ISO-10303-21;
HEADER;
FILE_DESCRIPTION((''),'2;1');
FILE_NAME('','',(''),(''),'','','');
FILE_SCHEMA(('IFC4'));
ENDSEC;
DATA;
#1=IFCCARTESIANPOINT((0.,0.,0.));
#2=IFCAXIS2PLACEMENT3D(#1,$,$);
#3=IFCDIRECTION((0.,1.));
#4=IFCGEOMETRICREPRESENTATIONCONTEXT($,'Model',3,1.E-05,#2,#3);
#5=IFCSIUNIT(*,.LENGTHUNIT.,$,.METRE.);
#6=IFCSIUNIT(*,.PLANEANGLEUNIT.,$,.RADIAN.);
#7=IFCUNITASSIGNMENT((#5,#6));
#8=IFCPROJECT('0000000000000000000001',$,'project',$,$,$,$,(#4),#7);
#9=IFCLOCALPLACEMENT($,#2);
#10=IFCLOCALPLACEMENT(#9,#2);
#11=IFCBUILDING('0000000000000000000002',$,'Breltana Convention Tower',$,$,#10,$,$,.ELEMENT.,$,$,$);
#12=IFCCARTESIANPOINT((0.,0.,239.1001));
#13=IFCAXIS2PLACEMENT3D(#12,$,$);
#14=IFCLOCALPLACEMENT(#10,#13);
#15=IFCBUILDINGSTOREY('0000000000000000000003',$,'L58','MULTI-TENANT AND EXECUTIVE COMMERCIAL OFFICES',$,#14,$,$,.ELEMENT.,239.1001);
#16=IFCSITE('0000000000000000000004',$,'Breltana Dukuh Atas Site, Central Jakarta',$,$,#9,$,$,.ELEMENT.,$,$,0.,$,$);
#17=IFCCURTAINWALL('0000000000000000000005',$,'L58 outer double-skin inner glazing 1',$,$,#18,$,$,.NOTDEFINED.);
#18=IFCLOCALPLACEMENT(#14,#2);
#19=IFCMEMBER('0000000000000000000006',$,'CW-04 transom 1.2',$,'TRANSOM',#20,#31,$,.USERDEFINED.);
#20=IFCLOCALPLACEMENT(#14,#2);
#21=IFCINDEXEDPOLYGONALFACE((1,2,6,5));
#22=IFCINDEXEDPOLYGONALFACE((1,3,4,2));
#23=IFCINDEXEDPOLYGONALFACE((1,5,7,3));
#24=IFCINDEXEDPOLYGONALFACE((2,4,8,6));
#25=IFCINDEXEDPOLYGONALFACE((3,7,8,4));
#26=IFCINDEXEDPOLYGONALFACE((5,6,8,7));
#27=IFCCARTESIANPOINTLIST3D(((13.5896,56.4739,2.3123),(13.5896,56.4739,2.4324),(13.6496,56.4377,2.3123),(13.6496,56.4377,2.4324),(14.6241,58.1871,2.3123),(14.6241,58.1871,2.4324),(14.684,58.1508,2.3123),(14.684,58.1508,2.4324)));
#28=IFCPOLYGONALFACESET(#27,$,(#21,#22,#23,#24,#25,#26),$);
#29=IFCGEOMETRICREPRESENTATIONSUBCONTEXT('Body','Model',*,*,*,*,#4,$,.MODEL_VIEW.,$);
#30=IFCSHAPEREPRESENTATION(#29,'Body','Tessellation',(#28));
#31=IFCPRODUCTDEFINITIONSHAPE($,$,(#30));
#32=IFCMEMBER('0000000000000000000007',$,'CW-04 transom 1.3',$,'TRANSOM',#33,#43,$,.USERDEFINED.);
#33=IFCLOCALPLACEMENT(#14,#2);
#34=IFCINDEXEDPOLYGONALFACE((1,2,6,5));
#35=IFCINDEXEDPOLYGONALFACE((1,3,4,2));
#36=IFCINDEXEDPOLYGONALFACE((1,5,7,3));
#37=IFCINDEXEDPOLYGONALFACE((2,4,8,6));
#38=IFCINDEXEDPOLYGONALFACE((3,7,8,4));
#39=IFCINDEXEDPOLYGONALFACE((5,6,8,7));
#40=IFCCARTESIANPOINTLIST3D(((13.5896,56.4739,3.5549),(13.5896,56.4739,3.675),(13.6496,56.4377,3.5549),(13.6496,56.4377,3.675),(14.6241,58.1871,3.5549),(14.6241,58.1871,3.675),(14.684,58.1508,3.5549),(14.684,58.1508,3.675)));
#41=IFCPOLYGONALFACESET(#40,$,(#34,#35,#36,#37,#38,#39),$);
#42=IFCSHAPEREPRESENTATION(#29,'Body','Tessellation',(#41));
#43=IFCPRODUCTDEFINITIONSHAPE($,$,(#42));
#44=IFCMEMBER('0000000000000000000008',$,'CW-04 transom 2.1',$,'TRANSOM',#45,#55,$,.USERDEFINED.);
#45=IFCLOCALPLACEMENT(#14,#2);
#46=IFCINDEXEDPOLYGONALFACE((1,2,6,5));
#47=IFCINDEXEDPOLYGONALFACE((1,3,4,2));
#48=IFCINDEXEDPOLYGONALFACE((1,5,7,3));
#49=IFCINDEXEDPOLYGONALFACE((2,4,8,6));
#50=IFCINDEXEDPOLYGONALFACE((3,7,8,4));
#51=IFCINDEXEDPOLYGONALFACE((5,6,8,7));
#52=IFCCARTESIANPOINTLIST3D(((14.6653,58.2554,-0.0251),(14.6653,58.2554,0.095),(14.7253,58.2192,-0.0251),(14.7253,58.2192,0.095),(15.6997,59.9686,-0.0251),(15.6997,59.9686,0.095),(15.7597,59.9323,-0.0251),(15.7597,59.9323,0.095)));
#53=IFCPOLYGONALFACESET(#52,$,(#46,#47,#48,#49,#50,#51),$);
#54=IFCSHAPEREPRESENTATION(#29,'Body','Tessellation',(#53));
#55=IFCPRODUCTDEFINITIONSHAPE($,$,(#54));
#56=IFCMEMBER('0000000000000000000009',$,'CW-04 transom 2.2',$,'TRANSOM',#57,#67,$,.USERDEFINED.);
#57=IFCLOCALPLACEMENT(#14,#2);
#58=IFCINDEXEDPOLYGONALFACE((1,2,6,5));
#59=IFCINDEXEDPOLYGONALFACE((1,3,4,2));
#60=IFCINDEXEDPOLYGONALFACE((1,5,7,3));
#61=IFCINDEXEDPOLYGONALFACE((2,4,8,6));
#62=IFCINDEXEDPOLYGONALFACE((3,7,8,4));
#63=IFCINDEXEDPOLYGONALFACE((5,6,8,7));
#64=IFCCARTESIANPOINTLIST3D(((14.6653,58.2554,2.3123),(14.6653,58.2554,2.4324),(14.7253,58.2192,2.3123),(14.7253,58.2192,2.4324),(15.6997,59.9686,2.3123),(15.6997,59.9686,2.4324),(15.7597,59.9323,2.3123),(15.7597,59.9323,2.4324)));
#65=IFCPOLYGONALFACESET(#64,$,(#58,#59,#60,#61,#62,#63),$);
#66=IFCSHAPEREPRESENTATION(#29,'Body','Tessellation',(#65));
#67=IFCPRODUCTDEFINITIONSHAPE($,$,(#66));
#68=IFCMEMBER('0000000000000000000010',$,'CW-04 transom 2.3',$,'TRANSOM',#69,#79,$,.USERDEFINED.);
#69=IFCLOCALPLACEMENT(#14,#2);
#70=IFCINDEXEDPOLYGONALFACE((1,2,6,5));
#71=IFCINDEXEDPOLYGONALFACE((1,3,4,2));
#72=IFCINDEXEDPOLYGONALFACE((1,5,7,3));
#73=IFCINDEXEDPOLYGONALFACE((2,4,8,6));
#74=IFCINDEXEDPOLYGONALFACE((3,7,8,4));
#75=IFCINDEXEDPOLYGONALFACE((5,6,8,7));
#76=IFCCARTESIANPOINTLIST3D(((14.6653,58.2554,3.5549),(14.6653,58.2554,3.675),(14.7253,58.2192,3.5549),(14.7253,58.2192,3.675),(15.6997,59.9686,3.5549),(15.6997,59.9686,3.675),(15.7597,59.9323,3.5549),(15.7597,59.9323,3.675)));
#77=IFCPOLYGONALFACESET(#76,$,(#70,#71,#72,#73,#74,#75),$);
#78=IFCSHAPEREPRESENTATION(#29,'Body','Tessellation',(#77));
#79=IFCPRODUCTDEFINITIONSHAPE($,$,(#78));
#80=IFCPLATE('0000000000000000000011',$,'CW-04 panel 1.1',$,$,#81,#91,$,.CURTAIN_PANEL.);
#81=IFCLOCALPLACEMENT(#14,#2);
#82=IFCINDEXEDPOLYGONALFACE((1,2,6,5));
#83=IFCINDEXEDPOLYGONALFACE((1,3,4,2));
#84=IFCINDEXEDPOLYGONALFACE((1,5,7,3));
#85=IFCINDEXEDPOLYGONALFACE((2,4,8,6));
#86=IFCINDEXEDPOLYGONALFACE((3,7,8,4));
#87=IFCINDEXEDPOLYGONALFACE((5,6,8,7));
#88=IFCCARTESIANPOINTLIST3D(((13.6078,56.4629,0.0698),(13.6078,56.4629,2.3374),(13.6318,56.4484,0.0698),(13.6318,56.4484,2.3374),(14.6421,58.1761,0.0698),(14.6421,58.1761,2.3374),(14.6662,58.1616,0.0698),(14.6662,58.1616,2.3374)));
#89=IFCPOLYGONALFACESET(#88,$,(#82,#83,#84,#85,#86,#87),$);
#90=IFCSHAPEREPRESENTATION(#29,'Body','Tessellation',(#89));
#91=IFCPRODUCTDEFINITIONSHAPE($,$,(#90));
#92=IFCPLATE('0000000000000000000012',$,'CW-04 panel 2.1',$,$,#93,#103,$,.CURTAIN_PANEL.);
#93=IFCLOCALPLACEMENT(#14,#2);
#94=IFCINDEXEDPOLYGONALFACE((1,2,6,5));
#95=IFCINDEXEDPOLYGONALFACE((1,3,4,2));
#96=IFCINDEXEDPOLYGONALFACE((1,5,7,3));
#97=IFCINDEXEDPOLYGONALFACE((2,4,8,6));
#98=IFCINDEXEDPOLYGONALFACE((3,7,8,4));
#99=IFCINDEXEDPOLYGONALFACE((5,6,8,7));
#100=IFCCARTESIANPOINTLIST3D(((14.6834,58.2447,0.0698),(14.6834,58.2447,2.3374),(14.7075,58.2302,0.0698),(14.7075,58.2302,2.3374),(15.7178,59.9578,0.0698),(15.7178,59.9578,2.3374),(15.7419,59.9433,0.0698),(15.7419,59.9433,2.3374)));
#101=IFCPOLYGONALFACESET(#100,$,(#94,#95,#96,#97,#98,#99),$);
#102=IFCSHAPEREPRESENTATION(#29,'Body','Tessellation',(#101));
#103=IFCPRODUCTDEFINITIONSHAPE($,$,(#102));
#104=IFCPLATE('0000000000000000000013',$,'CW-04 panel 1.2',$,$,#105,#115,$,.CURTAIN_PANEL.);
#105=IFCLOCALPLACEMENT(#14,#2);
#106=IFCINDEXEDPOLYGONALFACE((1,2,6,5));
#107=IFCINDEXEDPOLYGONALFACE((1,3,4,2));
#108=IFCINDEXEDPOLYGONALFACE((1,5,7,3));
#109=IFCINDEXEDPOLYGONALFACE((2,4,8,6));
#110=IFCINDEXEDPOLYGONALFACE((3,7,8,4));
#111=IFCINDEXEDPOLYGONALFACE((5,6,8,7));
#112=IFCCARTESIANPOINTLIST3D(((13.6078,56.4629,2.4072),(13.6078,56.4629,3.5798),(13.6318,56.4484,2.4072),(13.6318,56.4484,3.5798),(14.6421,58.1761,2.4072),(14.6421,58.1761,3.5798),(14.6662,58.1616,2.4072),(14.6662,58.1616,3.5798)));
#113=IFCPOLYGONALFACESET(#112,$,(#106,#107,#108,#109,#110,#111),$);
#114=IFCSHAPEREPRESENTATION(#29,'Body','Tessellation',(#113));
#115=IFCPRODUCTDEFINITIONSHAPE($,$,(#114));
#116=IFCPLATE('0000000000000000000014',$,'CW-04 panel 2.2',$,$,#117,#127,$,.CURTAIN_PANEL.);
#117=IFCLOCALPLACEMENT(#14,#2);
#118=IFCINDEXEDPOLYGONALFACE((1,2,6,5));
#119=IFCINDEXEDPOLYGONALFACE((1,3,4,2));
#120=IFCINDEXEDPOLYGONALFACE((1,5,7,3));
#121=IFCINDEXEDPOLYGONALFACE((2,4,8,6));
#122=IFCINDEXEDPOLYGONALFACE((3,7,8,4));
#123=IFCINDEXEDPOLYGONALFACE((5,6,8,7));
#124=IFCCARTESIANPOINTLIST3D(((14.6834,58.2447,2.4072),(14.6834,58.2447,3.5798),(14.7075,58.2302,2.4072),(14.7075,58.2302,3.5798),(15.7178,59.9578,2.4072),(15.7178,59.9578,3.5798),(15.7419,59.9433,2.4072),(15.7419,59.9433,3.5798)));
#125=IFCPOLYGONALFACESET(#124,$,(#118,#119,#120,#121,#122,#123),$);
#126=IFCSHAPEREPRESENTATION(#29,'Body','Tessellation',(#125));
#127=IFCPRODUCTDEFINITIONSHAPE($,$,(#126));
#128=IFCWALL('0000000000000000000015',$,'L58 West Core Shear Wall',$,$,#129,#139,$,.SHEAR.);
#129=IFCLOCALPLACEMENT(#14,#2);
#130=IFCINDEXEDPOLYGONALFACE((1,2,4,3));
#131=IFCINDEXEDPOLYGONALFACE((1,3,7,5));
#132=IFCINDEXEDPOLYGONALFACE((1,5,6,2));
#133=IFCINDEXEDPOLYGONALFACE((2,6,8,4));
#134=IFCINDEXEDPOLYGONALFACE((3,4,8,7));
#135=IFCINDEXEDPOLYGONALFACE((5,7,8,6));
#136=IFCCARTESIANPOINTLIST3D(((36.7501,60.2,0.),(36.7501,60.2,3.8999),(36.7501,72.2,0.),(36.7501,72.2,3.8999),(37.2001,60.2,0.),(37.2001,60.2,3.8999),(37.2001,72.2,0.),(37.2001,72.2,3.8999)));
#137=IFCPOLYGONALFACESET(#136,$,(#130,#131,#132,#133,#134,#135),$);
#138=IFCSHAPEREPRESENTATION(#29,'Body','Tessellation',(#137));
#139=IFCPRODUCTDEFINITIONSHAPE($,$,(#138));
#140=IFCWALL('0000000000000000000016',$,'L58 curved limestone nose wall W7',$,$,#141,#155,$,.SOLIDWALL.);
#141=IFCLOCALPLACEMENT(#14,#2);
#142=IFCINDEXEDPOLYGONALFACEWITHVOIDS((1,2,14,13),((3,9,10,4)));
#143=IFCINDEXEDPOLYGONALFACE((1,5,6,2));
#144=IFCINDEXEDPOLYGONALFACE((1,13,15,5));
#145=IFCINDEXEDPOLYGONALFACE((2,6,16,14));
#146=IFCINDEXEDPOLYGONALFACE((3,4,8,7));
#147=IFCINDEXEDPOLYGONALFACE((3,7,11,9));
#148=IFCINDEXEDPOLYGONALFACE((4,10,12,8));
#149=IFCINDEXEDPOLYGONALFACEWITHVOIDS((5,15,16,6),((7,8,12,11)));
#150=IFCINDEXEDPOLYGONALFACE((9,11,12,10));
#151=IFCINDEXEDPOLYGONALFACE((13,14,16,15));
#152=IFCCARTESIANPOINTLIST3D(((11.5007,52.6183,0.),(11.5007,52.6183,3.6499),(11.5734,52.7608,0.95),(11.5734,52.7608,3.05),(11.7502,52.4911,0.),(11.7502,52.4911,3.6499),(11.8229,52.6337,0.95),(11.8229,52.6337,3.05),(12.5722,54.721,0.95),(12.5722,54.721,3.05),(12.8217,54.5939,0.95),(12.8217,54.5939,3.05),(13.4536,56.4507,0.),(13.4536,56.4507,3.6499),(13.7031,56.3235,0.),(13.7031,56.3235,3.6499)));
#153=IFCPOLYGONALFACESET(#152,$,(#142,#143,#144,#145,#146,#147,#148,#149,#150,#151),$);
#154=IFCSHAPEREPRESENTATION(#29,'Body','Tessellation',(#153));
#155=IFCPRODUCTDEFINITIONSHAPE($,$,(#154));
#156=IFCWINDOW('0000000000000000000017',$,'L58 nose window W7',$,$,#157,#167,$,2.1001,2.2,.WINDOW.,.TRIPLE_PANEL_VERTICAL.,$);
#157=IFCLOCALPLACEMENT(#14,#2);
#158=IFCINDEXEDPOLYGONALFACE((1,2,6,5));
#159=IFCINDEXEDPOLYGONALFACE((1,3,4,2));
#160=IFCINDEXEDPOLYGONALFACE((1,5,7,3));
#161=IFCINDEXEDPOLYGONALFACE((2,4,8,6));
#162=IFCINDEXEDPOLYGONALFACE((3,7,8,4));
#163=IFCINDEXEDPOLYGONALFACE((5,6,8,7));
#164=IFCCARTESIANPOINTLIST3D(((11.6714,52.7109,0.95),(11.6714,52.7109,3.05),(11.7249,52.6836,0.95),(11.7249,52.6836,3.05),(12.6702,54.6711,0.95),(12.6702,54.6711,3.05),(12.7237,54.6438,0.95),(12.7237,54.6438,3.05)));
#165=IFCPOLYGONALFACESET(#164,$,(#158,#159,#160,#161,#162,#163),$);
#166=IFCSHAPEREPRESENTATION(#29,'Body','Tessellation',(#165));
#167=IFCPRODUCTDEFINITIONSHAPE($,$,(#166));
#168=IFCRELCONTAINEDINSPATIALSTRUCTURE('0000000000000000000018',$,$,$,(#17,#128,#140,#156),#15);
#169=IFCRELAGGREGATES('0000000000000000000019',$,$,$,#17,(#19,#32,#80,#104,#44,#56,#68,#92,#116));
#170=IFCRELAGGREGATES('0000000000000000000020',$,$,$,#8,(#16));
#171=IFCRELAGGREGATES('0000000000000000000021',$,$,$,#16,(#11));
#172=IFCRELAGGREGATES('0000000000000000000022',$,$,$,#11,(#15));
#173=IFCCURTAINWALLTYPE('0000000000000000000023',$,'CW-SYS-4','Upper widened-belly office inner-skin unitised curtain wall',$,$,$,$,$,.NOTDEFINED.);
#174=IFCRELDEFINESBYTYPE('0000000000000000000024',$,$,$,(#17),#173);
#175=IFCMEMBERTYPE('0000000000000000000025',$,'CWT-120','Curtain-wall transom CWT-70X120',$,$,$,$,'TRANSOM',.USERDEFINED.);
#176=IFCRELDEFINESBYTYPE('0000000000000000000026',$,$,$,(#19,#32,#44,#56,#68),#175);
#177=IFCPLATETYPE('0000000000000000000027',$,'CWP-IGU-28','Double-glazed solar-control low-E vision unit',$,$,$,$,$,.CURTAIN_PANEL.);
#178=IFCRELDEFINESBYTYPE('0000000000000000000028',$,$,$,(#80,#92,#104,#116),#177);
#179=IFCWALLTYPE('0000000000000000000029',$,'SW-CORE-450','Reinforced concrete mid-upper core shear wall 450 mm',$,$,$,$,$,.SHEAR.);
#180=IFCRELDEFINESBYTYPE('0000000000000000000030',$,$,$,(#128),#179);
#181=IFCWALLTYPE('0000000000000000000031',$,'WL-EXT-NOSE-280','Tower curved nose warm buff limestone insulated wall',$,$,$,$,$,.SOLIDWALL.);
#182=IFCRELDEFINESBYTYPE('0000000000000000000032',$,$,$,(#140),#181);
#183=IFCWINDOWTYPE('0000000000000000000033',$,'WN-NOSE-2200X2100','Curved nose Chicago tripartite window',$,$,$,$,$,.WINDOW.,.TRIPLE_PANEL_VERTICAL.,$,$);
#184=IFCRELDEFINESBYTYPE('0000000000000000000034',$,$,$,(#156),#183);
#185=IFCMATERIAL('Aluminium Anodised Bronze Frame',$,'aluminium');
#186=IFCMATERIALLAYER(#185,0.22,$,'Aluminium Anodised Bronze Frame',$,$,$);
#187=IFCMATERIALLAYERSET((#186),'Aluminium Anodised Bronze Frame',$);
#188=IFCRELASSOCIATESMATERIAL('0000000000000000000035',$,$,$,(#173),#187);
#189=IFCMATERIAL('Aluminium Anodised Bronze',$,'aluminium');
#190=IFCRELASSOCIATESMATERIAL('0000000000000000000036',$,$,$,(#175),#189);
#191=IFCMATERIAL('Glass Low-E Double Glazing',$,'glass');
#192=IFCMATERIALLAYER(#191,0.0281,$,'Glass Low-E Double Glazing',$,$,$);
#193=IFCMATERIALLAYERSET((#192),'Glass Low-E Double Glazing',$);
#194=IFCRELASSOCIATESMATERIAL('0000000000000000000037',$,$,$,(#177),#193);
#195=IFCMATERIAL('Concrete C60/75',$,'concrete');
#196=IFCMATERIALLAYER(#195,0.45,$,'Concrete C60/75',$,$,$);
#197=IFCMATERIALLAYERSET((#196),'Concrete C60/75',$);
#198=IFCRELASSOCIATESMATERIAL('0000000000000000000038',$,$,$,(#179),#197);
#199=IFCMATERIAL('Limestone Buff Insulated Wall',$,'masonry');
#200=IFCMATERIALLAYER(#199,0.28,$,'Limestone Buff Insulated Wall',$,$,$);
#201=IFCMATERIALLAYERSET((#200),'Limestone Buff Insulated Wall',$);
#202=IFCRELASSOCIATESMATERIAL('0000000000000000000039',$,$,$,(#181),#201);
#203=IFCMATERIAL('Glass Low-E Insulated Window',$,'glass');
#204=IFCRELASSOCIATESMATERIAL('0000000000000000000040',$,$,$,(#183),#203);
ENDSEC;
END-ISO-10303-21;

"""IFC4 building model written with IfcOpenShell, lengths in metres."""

from ifc_helpers import new_model, si_unit, direction, frame, frame_2d, origin, origin_2d, place, context, subcontext, project, spatial, rectangle, extrude, source, transform, mapped, material, layer, layer_set, material_profile, profile_set, type_object, type_shapes, element, fill, aggregate, save


model = new_model("IFC4")

# Units and contexts
model_context = context("Model", 3, precision=1e-05, world=origin(), true_north=direction((0.0, 1.0)))
body_context = subcontext(model_context, "Body", "Model", "MODEL_VIEW")
ifc_project = project(units=[si_unit("LENGTHUNIT", "METRE"), si_unit("PLANEANGLEUNIT", "RADIAN")], contexts=[model_context])

# Site, building, storey
site_placement = place(None, origin())
site = spatial("IfcSite", under=ifc_project, at=site_placement, Name="Breltana Dukuh Atas Site, Central Jakarta", CompositionType="ELEMENT", RefElevation=0.0)
building_placement = place(site_placement, origin())
building = spatial("IfcBuilding", under=site, at=building_placement, Name="Breltana Convention Tower", CompositionType="ELEMENT")
storey_placement = place(building_placement, frame((0.0, 0.0, 239.1001)))
storey = spatial("IfcBuildingStorey", under=building, at=storey_placement, Name="L58", Description="MULTI-TENANT AND EXECUTIVE COMMERCIAL OFFICES", CompositionType="ELEMENT", Elevation=239.1001)

# Curtain wall, members, plates
ifc_material_1 = material(Name="Aluminium Anodised Bronze Frame", Category="aluminium")
ifc_layer_1 = layer(ifc_material_1, 0.22, Name="Aluminium Anodised Bronze Frame")
ifc_layer_set_1 = layer_set([ifc_layer_1], Name="Aluminium Anodised Bronze Frame")
curtain_wall_type = type_object("IfcCurtainWallType", Name="CW-SYS-4", Description="Upper widened-belly office inner-skin unitised curtain wall", PredefinedType="NOTDEFINED", material=ifc_layer_set_1)
curtain_wall_placement = place(storey_placement, origin())
curtain_wall = element("IfcCurtainWall", 1, at=curtain_wall_placement, inside=storey, type_object=curtain_wall_type, Name="L58 outer double-skin inner glazing 1", PredefinedType="NOTDEFINED")
ifc_material_2 = material(Name="Aluminium Anodised Bronze", Category="aluminium")
ifc_material_profile_1 = material_profile(ifc_material_2, rectangle(XDim=0.0701, YDim=0.1201, at=origin_2d()), Name="CWT-70X120")
ifc_profile_set_1 = profile_set([ifc_material_profile_1], Name="Aluminium Anodised Bronze")
member_type_1 = type_object("IfcMemberType", Name="CWT-120", Description="Curtain-wall transom CWT-70X120", ElementType="TRANSOM", PredefinedType="USERDEFINED", material=ifc_profile_set_1)
shared_shape_1 = source(origin(), body_context, "Body", "SweptSolid", [
    extrude(rectangle(XDim=0.0701, YDim=0.1201, at=origin_2d()), origin(), (0.0, 0.0, 1.0), 2.0012),
])
member_1_placement = place(storey_placement, frame((13.6196, 56.4558, 2.3723), z_axis=(0.516898, 0.856047, 0.0), x_axis=(-0.856047, 0.516898, 0.0)))
member_1 = element("IfcMember", 2, at=member_1_placement, type_object=member_type_1, Name="CW-04 transom 1.2", ObjectType="TRANSOM", PredefinedType="USERDEFINED", context=body_context, shape_type="MappedRepresentation", body=[
    mapped(shared_shape_1, transform((0.0, 0.0, 0.0), scale=1.0)),
])
member_2_placement = place(storey_placement, frame((13.6196, 56.4558, 3.615), z_axis=(0.516898, 0.856047, 0.0), x_axis=(-0.856047, 0.516898, 0.0)))
member_2 = element("IfcMember", 3, at=member_2_placement, type_object=member_type_1, Name="CW-04 transom 1.3", ObjectType="TRANSOM", PredefinedType="USERDEFINED", context=body_context, shape_type="MappedRepresentation", body=[
    mapped(shared_shape_1, transform((0.0, 0.0, 0.0), scale=1.0)),
])
member_3_placement = place(storey_placement, frame((14.6953, 58.2373, 0.0349), z_axis=(0.516898, 0.856047, 0.0), x_axis=(-0.856047, 0.516898, 0.0)))
member_3 = element("IfcMember", 4, at=member_3_placement, type_object=member_type_1, Name="CW-04 transom 2.1", ObjectType="TRANSOM", PredefinedType="USERDEFINED", context=body_context, shape_type="MappedRepresentation", body=[
    mapped(shared_shape_1, transform((0.0, 0.0, 0.0), scale=1.0)),
])
member_4_placement = place(storey_placement, frame((14.6953, 58.2373, 2.3723), z_axis=(0.516898, 0.856047, 0.0), x_axis=(-0.856047, 0.516898, 0.0)))
member_4 = element("IfcMember", 5, at=member_4_placement, type_object=member_type_1, Name="CW-04 transom 2.2", ObjectType="TRANSOM", PredefinedType="USERDEFINED", context=body_context, shape_type="MappedRepresentation", body=[
    mapped(shared_shape_1, transform((0.0, 0.0, 0.0), scale=1.0)),
])
member_5_placement = place(storey_placement, frame((14.6953, 58.2373, 3.615), z_axis=(0.516898, 0.856047, 0.0), x_axis=(-0.856047, 0.516898, 0.0)))
member_5 = element("IfcMember", 6, at=member_5_placement, type_object=member_type_1, Name="CW-04 transom 2.3", ObjectType="TRANSOM", PredefinedType="USERDEFINED", context=body_context, shape_type="MappedRepresentation", body=[
    mapped(shared_shape_1, transform((0.0, 0.0, 0.0), scale=1.0)),
])
ifc_material_3 = material(Name="Glass Low-E Double Glazing", Category="glass")
ifc_layer_2 = layer(ifc_material_3, 0.0281, Name="Glass Low-E Double Glazing")
ifc_layer_set_2 = layer_set([ifc_layer_2], Name="Glass Low-E Double Glazing")
plate_type = type_object("IfcPlateType", Name="CWP-IGU-28", Description="Double-glazed solar-control low-E vision unit", PredefinedType="CURTAIN_PANEL", material=ifc_layer_set_2)
shared_shape_2 = source(origin(), body_context, "Body", "SweptSolid", [
    extrude(rectangle(XDim=2.0012, YDim=0.0281, at=origin_2d()), origin(), (0.0, 0.0, 1.0), 2.2676),
])
plate_1_placement = place(storey_placement, frame((14.137, 57.3123, 0.0698), z_axis=(0.0, 0.0, 1.0), x_axis=(0.516875, 0.856061, 0.0)))
plate_1 = element("IfcPlate", 7, at=plate_1_placement, type_object=plate_type, Name="CW-04 panel 1.1", PredefinedType="CURTAIN_PANEL", context=body_context, shape_type="MappedRepresentation", body=[
    mapped(shared_shape_2, transform((0.0, 0.0, 0.0), scale=1.0)),
])
plate_2_placement = place(storey_placement, frame((15.2126, 59.094, 0.0698), z_axis=(0.0, 0.0, 1.0), x_axis=(0.516875, 0.856061, 0.0)))
plate_2 = element("IfcPlate", 8, at=plate_2_placement, type_object=plate_type, Name="CW-04 panel 2.1", PredefinedType="CURTAIN_PANEL", context=body_context, shape_type="MappedRepresentation", body=[
    mapped(shared_shape_2, transform((0.0, 0.0, 0.0), scale=1.0)),
])
shared_shape_3 = source(origin(), body_context, "Body", "SweptSolid", [
    extrude(rectangle(XDim=2.0012, YDim=0.0281, at=origin_2d()), origin(), (0.0, 0.0, 1.0), 1.1726),
])
plate_3_placement = place(storey_placement, frame((14.137, 57.3123, 2.4072), z_axis=(0.0, 0.0, 1.0), x_axis=(0.516875, 0.856061, 0.0)))
plate_3 = element("IfcPlate", 9, at=plate_3_placement, type_object=plate_type, Name="CW-04 panel 1.2", PredefinedType="CURTAIN_PANEL", context=body_context, shape_type="MappedRepresentation", body=[
    mapped(shared_shape_3, transform((0.0, 0.0, 0.0), scale=1.0)),
])
plate_4_placement = place(storey_placement, frame((15.2126, 59.094, 2.4072), z_axis=(0.0, 0.0, 1.0), x_axis=(0.516875, 0.856061, 0.0)))
plate_4 = element("IfcPlate", 10, at=plate_4_placement, type_object=plate_type, Name="CW-04 panel 2.2", PredefinedType="CURTAIN_PANEL", context=body_context, shape_type="MappedRepresentation", body=[
    mapped(shared_shape_3, transform((0.0, 0.0, 0.0), scale=1.0)),
])
aggregate(curtain_wall, [member_1, member_2, plate_1, plate_3, member_3, member_4, member_5, plate_2, plate_4])

# Wall
ifc_material_4 = material(Name="Concrete C60/75", Category="concrete")
ifc_layer_3 = layer(ifc_material_4, 0.45, Name="Concrete C60/75")
ifc_layer_set_3 = layer_set([ifc_layer_3], Name="Concrete C60/75")
wall_type_1 = type_object("IfcWallType", Name="SW-CORE-450", Description="Reinforced concrete mid-upper core shear wall 450 mm", PredefinedType="SHEAR", material=ifc_layer_set_3)
shared_shape_4 = source(origin(), body_context, "Body", "SweptSolid", [
    extrude(rectangle(XDim=12.0, YDim=0.45, at=frame_2d((6.0, 0.0))), origin(), (0.0, 0.0, 1.0), 3.8999),
])
wall_1_placement = place(storey_placement, frame((36.9751, 60.2, 0.0), z_axis=(0.0, 0.0, 1.0), x_axis=(0.0, 1.0, 0.0)))
element("IfcWall", 11, at=wall_1_placement, inside=storey, type_object=wall_type_1, Name="L58 West Core Shear Wall", PredefinedType="SHEAR", context=body_context, shape_type="MappedRepresentation", body=[
    mapped(shared_shape_4, transform((0.0, 0.0, 0.0), scale=1.0)),
])

# Wall, opening, window
ifc_material_5 = material(Name="Limestone Buff Insulated Wall", Category="masonry")
ifc_layer_4 = layer(ifc_material_5, 0.28, Name="Limestone Buff Insulated Wall")
ifc_layer_set_4 = layer_set([ifc_layer_4], Name="Limestone Buff Insulated Wall")
wall_type_2 = type_object("IfcWallType", Name="WL-EXT-NOSE-280", Description="Tower curved nose warm buff limestone insulated wall", PredefinedType="SOLIDWALL", material=ifc_layer_set_4)
shared_shape_5 = source(origin(), body_context, "Body", "SweptSolid", [
    extrude(rectangle(XDim=4.3013, YDim=0.28, at=frame_2d((2.1506, 0.0))), origin(), (0.0, 0.0, 1.0), 3.6499),
])
wall_2_placement = place(storey_placement, frame((11.6255, 52.5547, 0.0), z_axis=(0.0, 0.0, 1.0), x_axis=(0.454012, 0.890996, 0.0)))
wall_2 = element("IfcWall", 12, at=wall_2_placement, inside=storey, type_object=wall_type_2, Name="L58 curved limestone nose wall W7", PredefinedType="SOLIDWALL", context=body_context, shape_type="MappedRepresentation", body=[
    mapped(shared_shape_5, transform((0.0, 0.0, 0.0), scale=1.0)),
])
opening_1_placement = place(wall_2_placement, frame((0.1599, 0.0, 0.95)))
opening_1 = element("IfcOpeningElement", 13, at=opening_1_placement, cuts=wall_2, PredefinedType="OPENING", context=body_context, shape_type="SweptSolid", body=[
    extrude(rectangle(XDim=2.2, YDim=2.1001, at=frame_2d((1.1001, 1.05))), frame((0.0, 0.1499, 0.0), z_axis=(0.0, -1.0, 0.0), x_axis=(1.0, 0.0, 0.0)), (0.0, 0.0, 1.0), 0.3),
])
ifc_material_6 = material(Name="Glass Low-E Insulated Window", Category="glass")
window_type = type_object("IfcWindowType", Name="WN-NOSE-2200X2100", Description="Curved nose Chicago tripartite window", PartitioningType="TRIPLE_PANEL_VERTICAL", PredefinedType="WINDOW", material=ifc_material_6)
shared_shape_6 = source(origin(), body_context, "Body", "SweptSolid", [
    extrude(rectangle(XDim=2.2, YDim=2.1001, at=frame_2d((1.1001, 1.05))), frame((0.0, 0.03, 0.0), z_axis=(0.0, -1.0, 0.0), x_axis=(1.0, 0.0, 0.0)), (0.0, 0.0, 1.0), 0.0601),
])
type_shapes(window_type, [shared_shape_6])
window_placement = place(opening_1_placement, origin())
window = element("IfcWindow", 14, at=window_placement, inside=storey, type_object=window_type, Name="L58 nose window W7", OverallHeight=2.1001, OverallWidth=2.2, PartitioningType="TRIPLE_PANEL_VERTICAL", PredefinedType="WINDOW", context=body_context, shape_type="MappedRepresentation", body=[
    mapped(shared_shape_6, transform((0.0, 0.0, 0.0), scale=1.0)),
])
fill(opening_1, window)

save(model, "model.ifc")
